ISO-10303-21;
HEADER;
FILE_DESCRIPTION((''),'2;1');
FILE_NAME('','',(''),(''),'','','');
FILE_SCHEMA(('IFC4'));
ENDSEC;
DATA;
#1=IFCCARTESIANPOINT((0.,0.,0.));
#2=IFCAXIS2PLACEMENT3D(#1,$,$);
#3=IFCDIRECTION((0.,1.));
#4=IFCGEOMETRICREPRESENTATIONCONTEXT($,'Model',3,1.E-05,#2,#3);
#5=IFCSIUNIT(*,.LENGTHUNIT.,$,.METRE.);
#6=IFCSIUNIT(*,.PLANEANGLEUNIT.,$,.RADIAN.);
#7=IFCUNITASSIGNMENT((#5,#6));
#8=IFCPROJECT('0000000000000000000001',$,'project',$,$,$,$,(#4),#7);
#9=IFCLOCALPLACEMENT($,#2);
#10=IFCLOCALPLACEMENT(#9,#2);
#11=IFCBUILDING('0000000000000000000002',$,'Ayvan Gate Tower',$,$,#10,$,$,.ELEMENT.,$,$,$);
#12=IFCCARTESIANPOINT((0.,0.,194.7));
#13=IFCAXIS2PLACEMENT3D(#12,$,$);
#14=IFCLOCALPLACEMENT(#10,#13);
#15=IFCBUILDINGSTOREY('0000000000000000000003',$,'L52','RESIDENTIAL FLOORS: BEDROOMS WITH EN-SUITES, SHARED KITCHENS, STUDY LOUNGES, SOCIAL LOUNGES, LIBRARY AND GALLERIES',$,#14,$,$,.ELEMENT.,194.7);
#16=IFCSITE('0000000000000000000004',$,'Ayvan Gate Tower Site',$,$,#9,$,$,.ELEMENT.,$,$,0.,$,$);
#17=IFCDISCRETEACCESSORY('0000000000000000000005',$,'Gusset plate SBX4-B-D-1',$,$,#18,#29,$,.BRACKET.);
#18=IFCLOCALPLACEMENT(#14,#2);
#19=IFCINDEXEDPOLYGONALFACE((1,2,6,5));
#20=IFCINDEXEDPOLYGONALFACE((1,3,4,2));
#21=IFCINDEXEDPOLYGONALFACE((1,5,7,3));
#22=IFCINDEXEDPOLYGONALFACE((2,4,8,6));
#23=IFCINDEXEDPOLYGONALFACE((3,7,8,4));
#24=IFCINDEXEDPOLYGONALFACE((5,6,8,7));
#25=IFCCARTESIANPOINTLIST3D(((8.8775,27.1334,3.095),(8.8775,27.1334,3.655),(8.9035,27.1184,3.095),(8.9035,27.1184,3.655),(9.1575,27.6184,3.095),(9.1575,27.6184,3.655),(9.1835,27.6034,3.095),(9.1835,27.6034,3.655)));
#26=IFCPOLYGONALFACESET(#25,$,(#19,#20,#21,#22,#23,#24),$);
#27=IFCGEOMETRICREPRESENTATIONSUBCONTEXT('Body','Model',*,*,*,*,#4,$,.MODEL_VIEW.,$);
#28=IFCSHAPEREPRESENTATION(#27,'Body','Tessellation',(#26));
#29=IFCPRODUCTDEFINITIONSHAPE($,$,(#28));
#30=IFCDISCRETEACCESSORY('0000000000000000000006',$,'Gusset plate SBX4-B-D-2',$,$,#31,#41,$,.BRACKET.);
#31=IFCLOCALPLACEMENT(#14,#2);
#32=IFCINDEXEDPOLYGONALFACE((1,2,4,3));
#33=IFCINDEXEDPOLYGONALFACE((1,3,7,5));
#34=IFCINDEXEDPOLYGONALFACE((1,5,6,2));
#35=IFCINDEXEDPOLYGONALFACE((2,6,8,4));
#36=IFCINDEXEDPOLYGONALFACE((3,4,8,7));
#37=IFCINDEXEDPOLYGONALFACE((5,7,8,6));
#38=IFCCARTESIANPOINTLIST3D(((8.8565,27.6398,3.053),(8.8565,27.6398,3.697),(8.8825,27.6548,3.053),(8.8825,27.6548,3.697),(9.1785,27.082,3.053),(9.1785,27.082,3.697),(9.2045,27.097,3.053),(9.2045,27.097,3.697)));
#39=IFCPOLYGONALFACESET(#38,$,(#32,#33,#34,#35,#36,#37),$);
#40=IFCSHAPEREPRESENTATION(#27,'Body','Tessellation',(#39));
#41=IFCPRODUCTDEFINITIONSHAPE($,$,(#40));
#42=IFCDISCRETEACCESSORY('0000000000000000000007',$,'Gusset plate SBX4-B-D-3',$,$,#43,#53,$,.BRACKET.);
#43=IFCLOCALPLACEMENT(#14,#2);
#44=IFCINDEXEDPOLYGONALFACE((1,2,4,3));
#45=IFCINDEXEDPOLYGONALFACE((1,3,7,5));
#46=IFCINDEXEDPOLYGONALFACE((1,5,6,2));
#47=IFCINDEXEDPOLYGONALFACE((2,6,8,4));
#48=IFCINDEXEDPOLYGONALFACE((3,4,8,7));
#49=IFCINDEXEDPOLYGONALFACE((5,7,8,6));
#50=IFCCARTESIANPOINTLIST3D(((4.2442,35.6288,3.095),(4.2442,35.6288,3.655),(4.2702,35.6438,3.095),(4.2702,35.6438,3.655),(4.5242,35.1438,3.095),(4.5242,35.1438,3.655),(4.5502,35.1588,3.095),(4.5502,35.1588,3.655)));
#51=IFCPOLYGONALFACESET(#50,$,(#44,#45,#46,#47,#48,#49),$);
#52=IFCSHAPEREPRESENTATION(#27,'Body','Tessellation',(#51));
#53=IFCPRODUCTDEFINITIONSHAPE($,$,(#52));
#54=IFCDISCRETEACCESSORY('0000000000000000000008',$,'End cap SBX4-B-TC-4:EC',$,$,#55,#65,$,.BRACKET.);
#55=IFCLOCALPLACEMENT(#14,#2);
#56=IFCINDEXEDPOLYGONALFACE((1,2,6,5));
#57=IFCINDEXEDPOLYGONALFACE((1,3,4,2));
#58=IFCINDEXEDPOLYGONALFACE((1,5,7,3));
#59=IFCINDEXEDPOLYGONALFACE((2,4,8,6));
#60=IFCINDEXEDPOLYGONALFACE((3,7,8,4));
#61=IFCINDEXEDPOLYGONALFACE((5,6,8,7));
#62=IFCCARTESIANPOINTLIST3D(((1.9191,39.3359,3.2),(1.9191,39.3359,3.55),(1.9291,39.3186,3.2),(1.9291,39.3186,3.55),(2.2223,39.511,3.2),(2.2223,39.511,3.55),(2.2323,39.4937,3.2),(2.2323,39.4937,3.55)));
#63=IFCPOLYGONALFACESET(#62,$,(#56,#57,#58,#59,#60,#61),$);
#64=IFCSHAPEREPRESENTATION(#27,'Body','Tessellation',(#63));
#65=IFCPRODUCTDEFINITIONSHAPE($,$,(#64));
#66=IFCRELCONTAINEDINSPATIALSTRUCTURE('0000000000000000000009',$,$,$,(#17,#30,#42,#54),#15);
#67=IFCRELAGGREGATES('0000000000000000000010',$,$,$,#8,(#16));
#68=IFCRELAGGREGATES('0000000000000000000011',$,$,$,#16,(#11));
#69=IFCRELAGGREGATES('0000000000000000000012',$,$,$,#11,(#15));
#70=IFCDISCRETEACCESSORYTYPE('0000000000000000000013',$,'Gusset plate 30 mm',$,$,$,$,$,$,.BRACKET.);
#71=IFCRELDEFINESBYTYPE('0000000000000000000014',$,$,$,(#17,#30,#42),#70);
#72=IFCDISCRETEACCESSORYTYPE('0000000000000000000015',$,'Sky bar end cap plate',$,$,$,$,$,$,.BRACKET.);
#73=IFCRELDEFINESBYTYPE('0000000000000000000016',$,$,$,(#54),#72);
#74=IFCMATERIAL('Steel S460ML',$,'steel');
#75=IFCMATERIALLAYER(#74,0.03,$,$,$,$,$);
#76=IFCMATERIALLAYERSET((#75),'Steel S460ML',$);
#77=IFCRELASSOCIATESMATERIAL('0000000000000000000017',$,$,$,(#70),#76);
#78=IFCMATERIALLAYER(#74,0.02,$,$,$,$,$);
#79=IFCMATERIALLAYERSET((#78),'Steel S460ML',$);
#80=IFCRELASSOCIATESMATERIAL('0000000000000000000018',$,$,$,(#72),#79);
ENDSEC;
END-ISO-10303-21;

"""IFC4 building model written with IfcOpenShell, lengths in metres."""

from ifc_helpers import new_model, si_unit, direction, frame, origin, origin_2d, place, context, subcontext, project, spatial, rectangle, extrude, material, layer, layer_set, type_object, element, save


model = new_model("IFC4")

# Units and contexts
model_context = context("Model", 3, precision=1e-05, world=origin(), true_north=direction((0.0, 1.0)))
body_context = subcontext(model_context, "Body", "Model", "MODEL_VIEW")
ifc_project = project(units=[si_unit("LENGTHUNIT", "METRE"), si_unit("PLANEANGLEUNIT", "RADIAN")], contexts=[model_context])

# Site, building, storey
site_placement = place(None, origin())
site = spatial("IfcSite", under=ifc_project, at=site_placement, Name="Ayvan Gate Tower Site", CompositionType="ELEMENT", RefElevation=0.0)
building_placement = place(site_placement, origin())
building = spatial("IfcBuilding", under=site, at=building_placement, Name="Ayvan Gate Tower", CompositionType="ELEMENT")
storey_placement = place(building_placement, frame((0.0, 0.0, 194.7)))
storey = spatial("IfcBuildingStorey", under=building, at=storey_placement, Name="L52", Description="RESIDENTIAL FLOORS: BEDROOMS WITH EN-SUITES, SHARED KITCHENS, STUDY LOUNGES, SOCIAL LOUNGES, LIBRARY AND GALLERIES", CompositionType="ELEMENT", Elevation=194.7)

# Shared definitions
ifc_material_1 = material(Name="Steel S460ML", Category="steel")

# Discrete accessories
ifc_layer_1 = layer(ifc_material_1, 0.03)
ifc_layer_set_1 = layer_set([ifc_layer_1], Name="Steel S460ML")
discrete_accessory_type_1 = type_object("IfcDiscreteAccessoryType", Name="Gusset plate 30 mm", PredefinedType="BRACKET", material=ifc_layer_set_1)
discrete_accessory_1_placement = place(storey_placement, frame((9.0305, 27.3684, 3.095), z_axis=(0.0, 0.0, 1.0), x_axis=(0.5, 0.866025, 0.0)))
element("IfcDiscreteAccessory", 1, at=discrete_accessory_1_placement, inside=storey, type_object=discrete_accessory_type_1, Name="Gusset plate SBX4-B-D-1", PredefinedType="BRACKET", context=body_context, shape_type="SweptSolid", body=[
    extrude(rectangle(XDim=0.5601, YDim=0.03, at=origin_2d()), origin(), (0.0, 0.0, 1.0), 0.5601),
])
discrete_accessory_2_placement = place(storey_placement, frame((9.0305, 27.3684, 3.053), z_axis=(0.0, 0.0, 1.0), x_axis=(-0.5, 0.866025, 0.0)))
element("IfcDiscreteAccessory", 2, at=discrete_accessory_2_placement, inside=storey, type_object=discrete_accessory_type_1, Name="Gusset plate SBX4-B-D-2", PredefinedType="BRACKET", context=body_context, shape_type="SweptSolid", body=[
    extrude(rectangle(XDim=0.644, YDim=0.03, at=origin_2d()), origin(), (0.0, 0.0, 1.0), 0.644),
])
discrete_accessory_3_placement = place(storey_placement, frame((4.3972, 35.3938, 3.095), z_axis=(0.0, 0.0, 1.0), x_axis=(-0.5, 0.866025, 0.0)))
element("IfcDiscreteAccessory", 3, at=discrete_accessory_3_placement, inside=storey, type_object=discrete_accessory_type_1, Name="Gusset plate SBX4-B-D-3", PredefinedType="BRACKET", context=body_context, shape_type="SweptSolid", body=[
    extrude(rectangle(XDim=0.5601, YDim=0.03, at=origin_2d()), origin(), (0.0, 0.0, 1.0), 0.5601),
])
ifc_layer_2 = layer(ifc_material_1, 0.02)
ifc_layer_set_2 = layer_set([ifc_layer_2], Name="Steel S460ML")
discrete_accessory_type_2 = type_object("IfcDiscreteAccessoryType", Name="Sky bar end cap plate", PredefinedType="BRACKET", material=ifc_layer_set_2)
discrete_accessory_4_placement = place(storey_placement, frame((2.0757, 39.4148, 3.2), z_axis=(0.0, 0.0, 1.0), x_axis=(-0.5, 0.866025, 0.0)))
element("IfcDiscreteAccessory", 4, at=discrete_accessory_4_placement, inside=storey, type_object=discrete_accessory_type_2, Name="End cap SBX4-B-TC-4:EC", PredefinedType="BRACKET", context=body_context, shape_type="SweptSolid", body=[
    extrude(rectangle(XDim=0.02, YDim=0.3501, at=origin_2d()), origin(), (0.0, 0.0, 1.0), 0.3501),
])

save(model, "model.ifc")
